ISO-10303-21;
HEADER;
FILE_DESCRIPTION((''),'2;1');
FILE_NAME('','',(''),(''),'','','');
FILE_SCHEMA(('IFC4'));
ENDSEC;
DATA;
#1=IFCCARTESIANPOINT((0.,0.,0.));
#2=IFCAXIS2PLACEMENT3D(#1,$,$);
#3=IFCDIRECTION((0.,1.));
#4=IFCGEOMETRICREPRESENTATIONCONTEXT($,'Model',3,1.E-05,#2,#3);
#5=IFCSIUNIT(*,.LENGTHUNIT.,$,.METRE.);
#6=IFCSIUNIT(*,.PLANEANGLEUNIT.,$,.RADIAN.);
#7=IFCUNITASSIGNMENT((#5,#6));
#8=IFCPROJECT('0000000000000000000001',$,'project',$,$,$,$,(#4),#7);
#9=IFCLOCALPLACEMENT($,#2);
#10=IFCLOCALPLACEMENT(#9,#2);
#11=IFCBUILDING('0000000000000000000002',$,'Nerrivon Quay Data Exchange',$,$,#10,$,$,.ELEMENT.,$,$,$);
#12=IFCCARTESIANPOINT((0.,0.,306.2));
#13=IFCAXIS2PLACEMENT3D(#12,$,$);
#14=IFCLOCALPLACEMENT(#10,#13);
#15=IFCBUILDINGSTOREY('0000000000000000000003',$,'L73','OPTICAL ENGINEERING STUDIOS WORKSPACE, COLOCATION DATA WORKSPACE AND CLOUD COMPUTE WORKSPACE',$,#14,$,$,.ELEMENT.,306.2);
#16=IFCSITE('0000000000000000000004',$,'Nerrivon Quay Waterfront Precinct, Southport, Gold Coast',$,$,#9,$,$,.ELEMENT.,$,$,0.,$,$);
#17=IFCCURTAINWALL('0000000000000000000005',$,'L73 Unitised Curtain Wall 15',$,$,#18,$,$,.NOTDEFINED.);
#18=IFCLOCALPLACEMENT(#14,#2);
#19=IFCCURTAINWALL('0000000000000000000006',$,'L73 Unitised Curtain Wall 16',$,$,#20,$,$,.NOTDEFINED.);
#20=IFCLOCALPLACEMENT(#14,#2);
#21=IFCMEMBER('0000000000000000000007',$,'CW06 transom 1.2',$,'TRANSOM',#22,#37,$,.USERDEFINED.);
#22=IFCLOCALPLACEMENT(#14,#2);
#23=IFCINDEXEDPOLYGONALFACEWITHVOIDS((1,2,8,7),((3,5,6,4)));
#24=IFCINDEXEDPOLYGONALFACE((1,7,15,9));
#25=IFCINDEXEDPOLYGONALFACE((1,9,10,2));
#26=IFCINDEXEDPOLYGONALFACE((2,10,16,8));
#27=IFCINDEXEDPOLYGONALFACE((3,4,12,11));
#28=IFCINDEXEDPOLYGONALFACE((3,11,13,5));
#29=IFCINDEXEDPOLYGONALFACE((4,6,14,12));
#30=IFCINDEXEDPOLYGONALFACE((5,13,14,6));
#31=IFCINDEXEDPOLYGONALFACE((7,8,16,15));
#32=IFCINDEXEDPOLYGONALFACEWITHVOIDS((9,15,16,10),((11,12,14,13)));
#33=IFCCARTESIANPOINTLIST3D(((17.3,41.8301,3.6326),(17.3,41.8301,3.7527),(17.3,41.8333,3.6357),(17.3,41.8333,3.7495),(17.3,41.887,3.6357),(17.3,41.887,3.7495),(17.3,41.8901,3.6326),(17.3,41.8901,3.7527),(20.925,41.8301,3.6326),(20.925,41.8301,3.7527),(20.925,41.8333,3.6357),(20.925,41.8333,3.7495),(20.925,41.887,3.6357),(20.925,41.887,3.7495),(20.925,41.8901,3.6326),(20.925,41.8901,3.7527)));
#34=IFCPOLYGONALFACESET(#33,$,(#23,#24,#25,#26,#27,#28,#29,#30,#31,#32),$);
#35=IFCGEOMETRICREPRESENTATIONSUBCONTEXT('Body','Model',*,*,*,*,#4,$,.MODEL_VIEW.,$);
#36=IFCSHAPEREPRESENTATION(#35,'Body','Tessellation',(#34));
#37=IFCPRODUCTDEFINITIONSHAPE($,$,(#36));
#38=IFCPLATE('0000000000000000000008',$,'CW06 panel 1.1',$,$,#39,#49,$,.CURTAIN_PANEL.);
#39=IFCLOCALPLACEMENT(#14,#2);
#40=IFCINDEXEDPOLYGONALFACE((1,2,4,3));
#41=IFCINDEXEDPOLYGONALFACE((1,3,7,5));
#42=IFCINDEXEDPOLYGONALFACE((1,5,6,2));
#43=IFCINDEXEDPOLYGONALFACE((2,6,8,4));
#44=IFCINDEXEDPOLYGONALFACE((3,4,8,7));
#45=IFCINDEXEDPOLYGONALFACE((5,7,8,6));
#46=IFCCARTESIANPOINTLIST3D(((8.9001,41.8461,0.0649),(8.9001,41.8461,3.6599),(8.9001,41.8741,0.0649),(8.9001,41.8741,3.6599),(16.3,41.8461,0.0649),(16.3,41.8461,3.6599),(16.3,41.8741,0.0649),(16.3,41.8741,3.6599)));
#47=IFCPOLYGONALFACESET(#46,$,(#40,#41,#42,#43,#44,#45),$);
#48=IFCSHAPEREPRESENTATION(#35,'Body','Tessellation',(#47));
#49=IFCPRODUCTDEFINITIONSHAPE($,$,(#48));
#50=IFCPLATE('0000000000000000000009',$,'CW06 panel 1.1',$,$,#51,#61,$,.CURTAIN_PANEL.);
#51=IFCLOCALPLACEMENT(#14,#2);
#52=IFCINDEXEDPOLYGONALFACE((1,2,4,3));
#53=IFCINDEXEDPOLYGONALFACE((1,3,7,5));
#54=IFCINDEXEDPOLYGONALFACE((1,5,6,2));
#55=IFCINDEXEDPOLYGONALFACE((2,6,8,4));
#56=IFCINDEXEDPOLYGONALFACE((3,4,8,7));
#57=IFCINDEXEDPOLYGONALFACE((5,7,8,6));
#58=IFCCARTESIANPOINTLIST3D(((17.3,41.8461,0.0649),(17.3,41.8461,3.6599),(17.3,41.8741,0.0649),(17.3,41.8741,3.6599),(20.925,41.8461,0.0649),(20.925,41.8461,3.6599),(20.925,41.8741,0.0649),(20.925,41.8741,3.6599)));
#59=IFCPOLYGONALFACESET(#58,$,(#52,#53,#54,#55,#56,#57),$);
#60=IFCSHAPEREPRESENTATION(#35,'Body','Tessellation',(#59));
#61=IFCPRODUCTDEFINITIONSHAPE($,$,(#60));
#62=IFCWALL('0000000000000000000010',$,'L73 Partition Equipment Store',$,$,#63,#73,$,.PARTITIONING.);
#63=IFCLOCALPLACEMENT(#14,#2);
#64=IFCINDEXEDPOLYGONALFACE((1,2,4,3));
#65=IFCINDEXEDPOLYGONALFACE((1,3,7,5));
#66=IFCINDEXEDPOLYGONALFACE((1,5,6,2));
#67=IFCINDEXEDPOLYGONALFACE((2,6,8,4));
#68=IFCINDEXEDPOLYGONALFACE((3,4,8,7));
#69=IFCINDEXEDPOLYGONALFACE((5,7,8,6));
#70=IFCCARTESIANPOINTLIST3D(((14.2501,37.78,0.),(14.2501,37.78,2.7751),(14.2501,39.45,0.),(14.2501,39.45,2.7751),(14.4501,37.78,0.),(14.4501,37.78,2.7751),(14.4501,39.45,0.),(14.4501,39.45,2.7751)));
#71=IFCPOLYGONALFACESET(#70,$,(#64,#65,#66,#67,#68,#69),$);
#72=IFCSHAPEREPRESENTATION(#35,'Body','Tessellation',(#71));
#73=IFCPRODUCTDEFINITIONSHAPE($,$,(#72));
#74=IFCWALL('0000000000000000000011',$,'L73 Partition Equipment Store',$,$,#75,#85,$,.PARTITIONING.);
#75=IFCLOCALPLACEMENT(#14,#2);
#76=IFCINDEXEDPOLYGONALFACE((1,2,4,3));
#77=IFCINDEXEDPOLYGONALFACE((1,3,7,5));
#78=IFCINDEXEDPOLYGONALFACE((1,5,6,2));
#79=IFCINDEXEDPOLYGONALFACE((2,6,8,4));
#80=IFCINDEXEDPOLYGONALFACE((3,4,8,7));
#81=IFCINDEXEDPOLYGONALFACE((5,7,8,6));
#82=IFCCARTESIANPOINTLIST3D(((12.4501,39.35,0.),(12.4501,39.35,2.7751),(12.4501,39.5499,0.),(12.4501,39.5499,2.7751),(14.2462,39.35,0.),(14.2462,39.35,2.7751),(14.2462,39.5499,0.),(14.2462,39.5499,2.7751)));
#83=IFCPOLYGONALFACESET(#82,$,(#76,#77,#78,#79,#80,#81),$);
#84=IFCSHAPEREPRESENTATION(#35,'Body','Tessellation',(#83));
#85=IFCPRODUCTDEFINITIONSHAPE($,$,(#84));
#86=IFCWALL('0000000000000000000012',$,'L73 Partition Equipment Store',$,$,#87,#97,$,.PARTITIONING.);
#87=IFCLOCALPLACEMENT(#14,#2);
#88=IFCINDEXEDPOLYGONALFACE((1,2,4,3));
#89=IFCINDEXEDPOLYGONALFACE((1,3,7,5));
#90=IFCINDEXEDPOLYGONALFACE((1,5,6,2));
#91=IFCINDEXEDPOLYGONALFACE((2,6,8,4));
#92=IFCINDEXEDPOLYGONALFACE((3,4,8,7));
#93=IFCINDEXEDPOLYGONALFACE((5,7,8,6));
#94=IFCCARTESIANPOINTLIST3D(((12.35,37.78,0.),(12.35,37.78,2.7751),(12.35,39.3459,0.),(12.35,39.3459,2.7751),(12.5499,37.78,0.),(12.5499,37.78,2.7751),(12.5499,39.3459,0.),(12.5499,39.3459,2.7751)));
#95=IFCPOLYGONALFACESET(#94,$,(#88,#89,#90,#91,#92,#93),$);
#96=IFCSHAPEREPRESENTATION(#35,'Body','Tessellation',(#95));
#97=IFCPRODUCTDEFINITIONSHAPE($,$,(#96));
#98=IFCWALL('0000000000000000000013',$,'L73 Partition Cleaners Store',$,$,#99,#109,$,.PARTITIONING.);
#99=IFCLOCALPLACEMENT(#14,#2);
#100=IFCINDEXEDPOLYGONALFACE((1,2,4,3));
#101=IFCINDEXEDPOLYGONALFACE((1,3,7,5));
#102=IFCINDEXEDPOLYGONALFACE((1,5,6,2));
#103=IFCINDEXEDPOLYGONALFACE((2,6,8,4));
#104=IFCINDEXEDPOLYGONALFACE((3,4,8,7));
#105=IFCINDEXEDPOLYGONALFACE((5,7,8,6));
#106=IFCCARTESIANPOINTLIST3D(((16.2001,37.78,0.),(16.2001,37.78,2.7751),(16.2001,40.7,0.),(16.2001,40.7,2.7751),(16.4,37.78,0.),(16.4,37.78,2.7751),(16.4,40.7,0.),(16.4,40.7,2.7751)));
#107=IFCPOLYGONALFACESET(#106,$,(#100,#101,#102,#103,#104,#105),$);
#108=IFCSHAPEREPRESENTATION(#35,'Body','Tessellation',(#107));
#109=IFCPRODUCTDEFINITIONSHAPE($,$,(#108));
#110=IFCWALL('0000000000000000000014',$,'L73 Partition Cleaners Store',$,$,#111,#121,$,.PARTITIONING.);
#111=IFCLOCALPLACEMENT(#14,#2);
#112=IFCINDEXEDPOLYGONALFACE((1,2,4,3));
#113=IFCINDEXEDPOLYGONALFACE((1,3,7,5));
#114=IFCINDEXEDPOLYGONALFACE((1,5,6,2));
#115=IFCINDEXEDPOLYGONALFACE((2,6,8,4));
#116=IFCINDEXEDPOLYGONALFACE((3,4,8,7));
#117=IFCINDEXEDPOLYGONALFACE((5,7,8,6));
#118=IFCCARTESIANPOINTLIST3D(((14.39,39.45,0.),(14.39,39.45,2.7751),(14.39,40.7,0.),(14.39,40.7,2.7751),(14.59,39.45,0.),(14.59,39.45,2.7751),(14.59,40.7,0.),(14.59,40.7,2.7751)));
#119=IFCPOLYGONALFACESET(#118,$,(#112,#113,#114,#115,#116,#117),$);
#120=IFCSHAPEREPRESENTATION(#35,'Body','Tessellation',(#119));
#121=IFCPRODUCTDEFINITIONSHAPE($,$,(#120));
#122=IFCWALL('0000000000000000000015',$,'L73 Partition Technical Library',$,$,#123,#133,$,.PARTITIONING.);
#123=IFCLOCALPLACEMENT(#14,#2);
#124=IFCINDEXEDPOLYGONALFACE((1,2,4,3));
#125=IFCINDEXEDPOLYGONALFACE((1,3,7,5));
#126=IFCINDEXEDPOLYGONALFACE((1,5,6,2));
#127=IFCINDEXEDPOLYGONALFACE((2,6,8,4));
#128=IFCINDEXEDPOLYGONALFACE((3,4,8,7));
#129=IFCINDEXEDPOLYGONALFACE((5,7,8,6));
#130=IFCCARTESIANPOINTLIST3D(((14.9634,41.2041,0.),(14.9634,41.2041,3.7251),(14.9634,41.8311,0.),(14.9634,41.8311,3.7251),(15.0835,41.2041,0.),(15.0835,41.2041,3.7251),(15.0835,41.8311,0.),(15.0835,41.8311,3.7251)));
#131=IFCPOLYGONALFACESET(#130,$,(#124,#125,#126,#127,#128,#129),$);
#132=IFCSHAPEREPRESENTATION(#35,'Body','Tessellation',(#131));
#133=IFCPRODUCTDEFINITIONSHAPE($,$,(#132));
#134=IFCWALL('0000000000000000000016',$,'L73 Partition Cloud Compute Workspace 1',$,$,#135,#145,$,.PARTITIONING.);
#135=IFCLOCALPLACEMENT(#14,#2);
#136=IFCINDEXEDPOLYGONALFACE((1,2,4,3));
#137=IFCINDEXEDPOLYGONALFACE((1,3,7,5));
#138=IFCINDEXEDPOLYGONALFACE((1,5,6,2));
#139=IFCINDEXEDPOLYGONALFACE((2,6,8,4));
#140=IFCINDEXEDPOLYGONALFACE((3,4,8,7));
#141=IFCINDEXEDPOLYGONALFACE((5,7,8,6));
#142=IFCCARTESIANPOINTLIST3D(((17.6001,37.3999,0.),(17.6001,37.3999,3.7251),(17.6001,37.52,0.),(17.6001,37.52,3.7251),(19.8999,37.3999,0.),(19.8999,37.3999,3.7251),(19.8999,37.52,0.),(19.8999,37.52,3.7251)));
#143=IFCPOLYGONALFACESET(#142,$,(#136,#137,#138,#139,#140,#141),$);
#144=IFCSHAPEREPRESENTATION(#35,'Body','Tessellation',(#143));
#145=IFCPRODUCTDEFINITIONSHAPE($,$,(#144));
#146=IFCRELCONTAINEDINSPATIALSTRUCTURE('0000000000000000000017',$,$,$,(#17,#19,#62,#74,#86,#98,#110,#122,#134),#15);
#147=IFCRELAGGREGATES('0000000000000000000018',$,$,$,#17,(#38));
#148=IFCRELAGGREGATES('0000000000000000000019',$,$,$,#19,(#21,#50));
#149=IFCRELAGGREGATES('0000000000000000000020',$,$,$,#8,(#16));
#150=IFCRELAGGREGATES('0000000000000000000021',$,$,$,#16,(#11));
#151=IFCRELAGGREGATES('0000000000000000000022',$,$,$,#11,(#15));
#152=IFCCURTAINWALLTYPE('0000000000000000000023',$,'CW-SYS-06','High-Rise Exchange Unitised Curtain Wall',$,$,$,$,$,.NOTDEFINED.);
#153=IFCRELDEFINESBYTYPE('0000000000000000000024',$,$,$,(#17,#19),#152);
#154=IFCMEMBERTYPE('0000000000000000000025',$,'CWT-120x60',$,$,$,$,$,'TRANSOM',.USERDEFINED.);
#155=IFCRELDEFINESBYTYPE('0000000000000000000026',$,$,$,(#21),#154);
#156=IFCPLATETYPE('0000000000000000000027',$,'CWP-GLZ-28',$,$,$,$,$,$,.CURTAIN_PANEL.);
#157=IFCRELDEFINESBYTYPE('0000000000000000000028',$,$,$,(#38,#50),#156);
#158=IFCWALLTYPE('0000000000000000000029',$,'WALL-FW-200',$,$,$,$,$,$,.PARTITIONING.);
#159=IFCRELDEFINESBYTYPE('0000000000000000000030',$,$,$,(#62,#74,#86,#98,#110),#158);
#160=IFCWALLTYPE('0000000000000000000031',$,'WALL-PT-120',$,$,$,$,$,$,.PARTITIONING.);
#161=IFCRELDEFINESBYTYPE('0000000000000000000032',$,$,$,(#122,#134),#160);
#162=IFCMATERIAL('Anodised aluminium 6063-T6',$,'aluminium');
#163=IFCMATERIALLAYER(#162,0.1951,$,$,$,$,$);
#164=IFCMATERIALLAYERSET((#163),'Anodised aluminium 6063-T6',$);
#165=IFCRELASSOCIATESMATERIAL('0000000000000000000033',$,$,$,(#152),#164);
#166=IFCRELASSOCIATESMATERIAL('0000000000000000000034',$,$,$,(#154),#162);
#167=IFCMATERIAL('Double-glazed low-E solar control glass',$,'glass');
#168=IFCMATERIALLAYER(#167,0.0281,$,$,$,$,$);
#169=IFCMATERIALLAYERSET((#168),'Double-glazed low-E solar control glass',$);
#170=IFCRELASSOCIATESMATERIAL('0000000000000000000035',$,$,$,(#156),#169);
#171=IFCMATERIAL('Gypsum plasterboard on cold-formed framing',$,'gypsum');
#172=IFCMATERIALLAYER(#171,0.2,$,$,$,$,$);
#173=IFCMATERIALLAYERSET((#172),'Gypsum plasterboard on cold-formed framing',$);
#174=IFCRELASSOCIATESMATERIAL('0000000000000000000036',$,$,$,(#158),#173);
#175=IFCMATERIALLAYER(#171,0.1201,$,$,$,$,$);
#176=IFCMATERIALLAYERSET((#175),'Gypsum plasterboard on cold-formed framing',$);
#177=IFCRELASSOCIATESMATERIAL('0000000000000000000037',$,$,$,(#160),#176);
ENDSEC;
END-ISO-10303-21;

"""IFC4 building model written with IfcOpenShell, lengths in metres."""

from ifc_helpers import new_model, si_unit, direction, frame, frame_2d, origin, origin_2d, place, context, subcontext, project, spatial, rectangle, hollow_rectangle, extrude, material, layer, layer_set, material_profile, profile_set, type_object, element, aggregate, save


model = new_model("IFC4")

# Units and contexts
model_context = context("Model", 3, precision=1e-05, world=origin(), true_north=direction((0.0, 1.0)))
body_context = subcontext(model_context, "Body", "Model", "MODEL_VIEW")
ifc_project = project(units=[si_unit("LENGTHUNIT", "METRE"), si_unit("PLANEANGLEUNIT", "RADIAN")], contexts=[model_context])

# Site, building, storey
site_placement = place(None, origin())
site = spatial("IfcSite", under=ifc_project, at=site_placement, Name="Nerrivon Quay Waterfront Precinct, Southport, Gold Coast", CompositionType="ELEMENT", RefElevation=0.0)
building_placement = place(site_placement, origin())
building = spatial("IfcBuilding", under=site, at=building_placement, Name="Nerrivon Quay Data Exchange", CompositionType="ELEMENT")
storey_placement = place(building_placement, frame((0.0, 0.0, 306.2)))
storey = spatial("IfcBuildingStorey", under=building, at=storey_placement, Name="L73", Description="OPTICAL ENGINEERING STUDIOS WORKSPACE, COLOCATION DATA WORKSPACE AND CLOUD COMPUTE WORKSPACE", CompositionType="ELEMENT", Elevation=306.2)

# Curtain wall
ifc_material_1 = material(Name="Anodised aluminium 6063-T6", Category="aluminium")
ifc_layer_1 = layer(ifc_material_1, 0.1951)
ifc_layer_set_1 = layer_set([ifc_layer_1], Name="Anodised aluminium 6063-T6")
curtain_wall_type = type_object("IfcCurtainWallType", Name="CW-SYS-06", Description="High-Rise Exchange Unitised Curtain Wall", PredefinedType="NOTDEFINED", material=ifc_layer_set_1)
curtain_wall_1_placement = place(storey_placement, origin())
curtain_wall_1 = element("IfcCurtainWall", 1, at=curtain_wall_1_placement, inside=storey, type_object=curtain_wall_type, Name="L73 Unitised Curtain Wall 15", PredefinedType="NOTDEFINED")

# Curtain wall, member
curtain_wall_2_placement = place(storey_placement, origin())
curtain_wall_2 = element("IfcCurtainWall", 2, at=curtain_wall_2_placement, inside=storey, type_object=curtain_wall_type, Name="L73 Unitised Curtain Wall 16", PredefinedType="NOTDEFINED")
ifc_material_profile_1 = material_profile(ifc_material_1, hollow_rectangle(XDim=0.0601, YDim=0.1201, WallThickness=0.0032, at=origin_2d()), Name="ALU-TRAN-120x60")
ifc_profile_set_1 = profile_set([ifc_material_profile_1], Name="Anodised aluminium 6063-T6")
member_type_1 = type_object("IfcMemberType", Name="CWT-120x60", ElementType="TRANSOM", PredefinedType="USERDEFINED", material=ifc_profile_set_1)
member_1_placement = place(storey_placement, frame((17.3, 41.8601, 3.6926), z_axis=(1.0, 0.0, 0.0), x_axis=(0.0, 1.0, 0.0)))
member_1 = element("IfcMember", 3, at=member_1_placement, type_object=member_type_1, Name="CW06 transom 1.2", ObjectType="TRANSOM", PredefinedType="USERDEFINED", context=body_context, shape_type="SweptSolid", body=[
    extrude(hollow_rectangle(XDim=0.0601, YDim=0.1201, WallThickness=0.0032, at=origin_2d()), origin(), (0.0, 0.0, 1.0), 3.625),
])

# Plates
ifc_material_2 = material(Name="Double-glazed low-E solar control glass", Category="glass")
ifc_layer_2 = layer(ifc_material_2, 0.0281)
ifc_layer_set_2 = layer_set([ifc_layer_2], Name="Double-glazed low-E solar control glass")
plate_type = type_object("IfcPlateType", Name="CWP-GLZ-28", PredefinedType="CURTAIN_PANEL", material=ifc_layer_set_2)
plate_1_placement = place(storey_placement, frame((12.6001, 41.8601, 0.0649), z_axis=(0.0, 0.0, 1.0), x_axis=(1.0, 0.0, 0.0)))
plate_1 = element("IfcPlate", 4, at=plate_1_placement, type_object=plate_type, Name="CW06 panel 1.1", PredefinedType="CURTAIN_PANEL", context=body_context, shape_type="SweptSolid", body=[
    extrude(rectangle(XDim=7.3999, YDim=0.0281, at=origin_2d()), origin(), (0.0, 0.0, 1.0), 3.595),
])
aggregate(curtain_wall_1, [plate_1])
plate_2_placement = place(storey_placement, frame((19.1125, 41.8601, 0.0649), z_axis=(0.0, 0.0, 1.0), x_axis=(1.0, 0.0, 0.0)))
plate_2 = element("IfcPlate", 5, at=plate_2_placement, type_object=plate_type, Name="CW06 panel 1.1", PredefinedType="CURTAIN_PANEL", context=body_context, shape_type="SweptSolid", body=[
    extrude(rectangle(XDim=3.625, YDim=0.0281, at=origin_2d()), origin(), (0.0, 0.0, 1.0), 3.595),
])
aggregate(curtain_wall_2, [member_1, plate_2])

# Walls
ifc_material_3 = material(Name="Gypsum plasterboard on cold-formed framing", Category="gypsum")
ifc_layer_3 = layer(ifc_material_3, 0.2)
ifc_layer_set_3 = layer_set([ifc_layer_3], Name="Gypsum plasterboard on cold-formed framing")
wall_type_1 = type_object("IfcWallType", Name="WALL-FW-200", PredefinedType="PARTITIONING", material=ifc_layer_set_3)
wall_1_placement = place(storey_placement, frame((14.3501, 37.78, 0.0), z_axis=(0.0, 0.0, 1.0), x_axis=(0.0, 1.0, 0.0)))
element("IfcWall", 6, at=wall_1_placement, inside=storey, type_object=wall_type_1, Name="L73 Partition Equipment Store", PredefinedType="PARTITIONING", context=body_context, shape_type="SweptSolid", body=[
    extrude(rectangle(XDim=1.6699, YDim=0.2, at=frame_2d((0.835, 0.0))), origin(), (0.0, 0.0, 1.0), 2.7751),
])
wall_2_placement = place(storey_placement, frame((14.2461, 39.45, 0.0), z_axis=(0.0, 0.0, 1.0), x_axis=(-1.0, 0.0, 0.0)))
element("IfcWall", 7, at=wall_2_placement, inside=storey, type_object=wall_type_1, Name="L73 Partition Equipment Store", PredefinedType="PARTITIONING", context=body_context, shape_type="SweptSolid", body=[
    extrude(rectangle(XDim=1.7961, YDim=0.2, at=frame_2d((0.8979, 0.0))), origin(), (0.0, 0.0, 1.0), 2.7751),
])
wall_3_placement = place(storey_placement, frame((12.45, 39.3459, 0.0), z_axis=(0.0, 0.0, 1.0), x_axis=(0.0, -1.0, 0.0)))
element("IfcWall", 8, at=wall_3_placement, inside=storey, type_object=wall_type_1, Name="L73 Partition Equipment Store", PredefinedType="PARTITIONING", context=body_context, shape_type="SweptSolid", body=[
    extrude(rectangle(XDim=1.5659, YDim=0.2, at=frame_2d((0.783, 0.0))), origin(), (0.0, 0.0, 1.0), 2.7751),
])
wall_4_placement = place(storey_placement, frame((16.3, 37.78, 0.0), z_axis=(0.0, 0.0, 1.0), x_axis=(0.0, 1.0, 0.0)))
element("IfcWall", 9, at=wall_4_placement, inside=storey, type_object=wall_type_1, Name="L73 Partition Cleaners Store", PredefinedType="PARTITIONING", context=body_context, shape_type="SweptSolid", body=[
    extrude(rectangle(XDim=2.9199, YDim=0.2, at=frame_2d((1.46, 0.0))), origin(), (0.0, 0.0, 1.0), 2.7751),
])
wall_5_placement = place(storey_placement, frame((14.49, 40.7, 0.0), z_axis=(0.0, 0.0, 1.0), x_axis=(0.0, -1.0, 0.0)))
element("IfcWall", 10, at=wall_5_placement, inside=storey, type_object=wall_type_1, Name="L73 Partition Cleaners Store", PredefinedType="PARTITIONING", context=body_context, shape_type="SweptSolid", body=[
    extrude(rectangle(XDim=1.25, YDim=0.2, at=frame_2d((0.625, 0.0))), origin(), (0.0, 0.0, 1.0), 2.7751),
])
ifc_layer_4 = layer(ifc_material_3, 0.1201)
ifc_layer_set_4 = layer_set([ifc_layer_4], Name="Gypsum plasterboard on cold-formed framing")
wall_type_2 = type_object("IfcWallType", Name="WALL-PT-120", PredefinedType="PARTITIONING", material=ifc_layer_set_4)
wall_6_placement = place(storey_placement, frame((15.0234, 41.2041, 0.0), z_axis=(0.0, 0.0, 1.0), x_axis=(0.0, 1.0, 0.0)))
element("IfcWall", 11, at=wall_6_placement, inside=storey, type_object=wall_type_2, Name="L73 Partition Technical Library", PredefinedType="PARTITIONING", context=body_context, shape_type="SweptSolid", body=[
    extrude(rectangle(XDim=0.627, YDim=0.1201, at=frame_2d((0.3135, 0.0))), origin(), (0.0, 0.0, 1.0), 3.7251),
])
wall_7_placement = place(storey_placement, frame((17.6001, 37.46, 0.0), z_axis=(0.0, 0.0, 1.0), x_axis=(1.0, 0.0, 0.0)))
element("IfcWall", 12, at=wall_7_placement, inside=storey, type_object=wall_type_2, Name="L73 Partition Cloud Compute Workspace 1", PredefinedType="PARTITIONING", context=body_context, shape_type="SweptSolid", body=[
    extrude(rectangle(XDim=2.2998, YDim=0.1201, at=frame_2d((1.1499, 0.0))), origin(), (0.0, 0.0, 1.0), 3.7251),
])

save(model, "model.ifc")
